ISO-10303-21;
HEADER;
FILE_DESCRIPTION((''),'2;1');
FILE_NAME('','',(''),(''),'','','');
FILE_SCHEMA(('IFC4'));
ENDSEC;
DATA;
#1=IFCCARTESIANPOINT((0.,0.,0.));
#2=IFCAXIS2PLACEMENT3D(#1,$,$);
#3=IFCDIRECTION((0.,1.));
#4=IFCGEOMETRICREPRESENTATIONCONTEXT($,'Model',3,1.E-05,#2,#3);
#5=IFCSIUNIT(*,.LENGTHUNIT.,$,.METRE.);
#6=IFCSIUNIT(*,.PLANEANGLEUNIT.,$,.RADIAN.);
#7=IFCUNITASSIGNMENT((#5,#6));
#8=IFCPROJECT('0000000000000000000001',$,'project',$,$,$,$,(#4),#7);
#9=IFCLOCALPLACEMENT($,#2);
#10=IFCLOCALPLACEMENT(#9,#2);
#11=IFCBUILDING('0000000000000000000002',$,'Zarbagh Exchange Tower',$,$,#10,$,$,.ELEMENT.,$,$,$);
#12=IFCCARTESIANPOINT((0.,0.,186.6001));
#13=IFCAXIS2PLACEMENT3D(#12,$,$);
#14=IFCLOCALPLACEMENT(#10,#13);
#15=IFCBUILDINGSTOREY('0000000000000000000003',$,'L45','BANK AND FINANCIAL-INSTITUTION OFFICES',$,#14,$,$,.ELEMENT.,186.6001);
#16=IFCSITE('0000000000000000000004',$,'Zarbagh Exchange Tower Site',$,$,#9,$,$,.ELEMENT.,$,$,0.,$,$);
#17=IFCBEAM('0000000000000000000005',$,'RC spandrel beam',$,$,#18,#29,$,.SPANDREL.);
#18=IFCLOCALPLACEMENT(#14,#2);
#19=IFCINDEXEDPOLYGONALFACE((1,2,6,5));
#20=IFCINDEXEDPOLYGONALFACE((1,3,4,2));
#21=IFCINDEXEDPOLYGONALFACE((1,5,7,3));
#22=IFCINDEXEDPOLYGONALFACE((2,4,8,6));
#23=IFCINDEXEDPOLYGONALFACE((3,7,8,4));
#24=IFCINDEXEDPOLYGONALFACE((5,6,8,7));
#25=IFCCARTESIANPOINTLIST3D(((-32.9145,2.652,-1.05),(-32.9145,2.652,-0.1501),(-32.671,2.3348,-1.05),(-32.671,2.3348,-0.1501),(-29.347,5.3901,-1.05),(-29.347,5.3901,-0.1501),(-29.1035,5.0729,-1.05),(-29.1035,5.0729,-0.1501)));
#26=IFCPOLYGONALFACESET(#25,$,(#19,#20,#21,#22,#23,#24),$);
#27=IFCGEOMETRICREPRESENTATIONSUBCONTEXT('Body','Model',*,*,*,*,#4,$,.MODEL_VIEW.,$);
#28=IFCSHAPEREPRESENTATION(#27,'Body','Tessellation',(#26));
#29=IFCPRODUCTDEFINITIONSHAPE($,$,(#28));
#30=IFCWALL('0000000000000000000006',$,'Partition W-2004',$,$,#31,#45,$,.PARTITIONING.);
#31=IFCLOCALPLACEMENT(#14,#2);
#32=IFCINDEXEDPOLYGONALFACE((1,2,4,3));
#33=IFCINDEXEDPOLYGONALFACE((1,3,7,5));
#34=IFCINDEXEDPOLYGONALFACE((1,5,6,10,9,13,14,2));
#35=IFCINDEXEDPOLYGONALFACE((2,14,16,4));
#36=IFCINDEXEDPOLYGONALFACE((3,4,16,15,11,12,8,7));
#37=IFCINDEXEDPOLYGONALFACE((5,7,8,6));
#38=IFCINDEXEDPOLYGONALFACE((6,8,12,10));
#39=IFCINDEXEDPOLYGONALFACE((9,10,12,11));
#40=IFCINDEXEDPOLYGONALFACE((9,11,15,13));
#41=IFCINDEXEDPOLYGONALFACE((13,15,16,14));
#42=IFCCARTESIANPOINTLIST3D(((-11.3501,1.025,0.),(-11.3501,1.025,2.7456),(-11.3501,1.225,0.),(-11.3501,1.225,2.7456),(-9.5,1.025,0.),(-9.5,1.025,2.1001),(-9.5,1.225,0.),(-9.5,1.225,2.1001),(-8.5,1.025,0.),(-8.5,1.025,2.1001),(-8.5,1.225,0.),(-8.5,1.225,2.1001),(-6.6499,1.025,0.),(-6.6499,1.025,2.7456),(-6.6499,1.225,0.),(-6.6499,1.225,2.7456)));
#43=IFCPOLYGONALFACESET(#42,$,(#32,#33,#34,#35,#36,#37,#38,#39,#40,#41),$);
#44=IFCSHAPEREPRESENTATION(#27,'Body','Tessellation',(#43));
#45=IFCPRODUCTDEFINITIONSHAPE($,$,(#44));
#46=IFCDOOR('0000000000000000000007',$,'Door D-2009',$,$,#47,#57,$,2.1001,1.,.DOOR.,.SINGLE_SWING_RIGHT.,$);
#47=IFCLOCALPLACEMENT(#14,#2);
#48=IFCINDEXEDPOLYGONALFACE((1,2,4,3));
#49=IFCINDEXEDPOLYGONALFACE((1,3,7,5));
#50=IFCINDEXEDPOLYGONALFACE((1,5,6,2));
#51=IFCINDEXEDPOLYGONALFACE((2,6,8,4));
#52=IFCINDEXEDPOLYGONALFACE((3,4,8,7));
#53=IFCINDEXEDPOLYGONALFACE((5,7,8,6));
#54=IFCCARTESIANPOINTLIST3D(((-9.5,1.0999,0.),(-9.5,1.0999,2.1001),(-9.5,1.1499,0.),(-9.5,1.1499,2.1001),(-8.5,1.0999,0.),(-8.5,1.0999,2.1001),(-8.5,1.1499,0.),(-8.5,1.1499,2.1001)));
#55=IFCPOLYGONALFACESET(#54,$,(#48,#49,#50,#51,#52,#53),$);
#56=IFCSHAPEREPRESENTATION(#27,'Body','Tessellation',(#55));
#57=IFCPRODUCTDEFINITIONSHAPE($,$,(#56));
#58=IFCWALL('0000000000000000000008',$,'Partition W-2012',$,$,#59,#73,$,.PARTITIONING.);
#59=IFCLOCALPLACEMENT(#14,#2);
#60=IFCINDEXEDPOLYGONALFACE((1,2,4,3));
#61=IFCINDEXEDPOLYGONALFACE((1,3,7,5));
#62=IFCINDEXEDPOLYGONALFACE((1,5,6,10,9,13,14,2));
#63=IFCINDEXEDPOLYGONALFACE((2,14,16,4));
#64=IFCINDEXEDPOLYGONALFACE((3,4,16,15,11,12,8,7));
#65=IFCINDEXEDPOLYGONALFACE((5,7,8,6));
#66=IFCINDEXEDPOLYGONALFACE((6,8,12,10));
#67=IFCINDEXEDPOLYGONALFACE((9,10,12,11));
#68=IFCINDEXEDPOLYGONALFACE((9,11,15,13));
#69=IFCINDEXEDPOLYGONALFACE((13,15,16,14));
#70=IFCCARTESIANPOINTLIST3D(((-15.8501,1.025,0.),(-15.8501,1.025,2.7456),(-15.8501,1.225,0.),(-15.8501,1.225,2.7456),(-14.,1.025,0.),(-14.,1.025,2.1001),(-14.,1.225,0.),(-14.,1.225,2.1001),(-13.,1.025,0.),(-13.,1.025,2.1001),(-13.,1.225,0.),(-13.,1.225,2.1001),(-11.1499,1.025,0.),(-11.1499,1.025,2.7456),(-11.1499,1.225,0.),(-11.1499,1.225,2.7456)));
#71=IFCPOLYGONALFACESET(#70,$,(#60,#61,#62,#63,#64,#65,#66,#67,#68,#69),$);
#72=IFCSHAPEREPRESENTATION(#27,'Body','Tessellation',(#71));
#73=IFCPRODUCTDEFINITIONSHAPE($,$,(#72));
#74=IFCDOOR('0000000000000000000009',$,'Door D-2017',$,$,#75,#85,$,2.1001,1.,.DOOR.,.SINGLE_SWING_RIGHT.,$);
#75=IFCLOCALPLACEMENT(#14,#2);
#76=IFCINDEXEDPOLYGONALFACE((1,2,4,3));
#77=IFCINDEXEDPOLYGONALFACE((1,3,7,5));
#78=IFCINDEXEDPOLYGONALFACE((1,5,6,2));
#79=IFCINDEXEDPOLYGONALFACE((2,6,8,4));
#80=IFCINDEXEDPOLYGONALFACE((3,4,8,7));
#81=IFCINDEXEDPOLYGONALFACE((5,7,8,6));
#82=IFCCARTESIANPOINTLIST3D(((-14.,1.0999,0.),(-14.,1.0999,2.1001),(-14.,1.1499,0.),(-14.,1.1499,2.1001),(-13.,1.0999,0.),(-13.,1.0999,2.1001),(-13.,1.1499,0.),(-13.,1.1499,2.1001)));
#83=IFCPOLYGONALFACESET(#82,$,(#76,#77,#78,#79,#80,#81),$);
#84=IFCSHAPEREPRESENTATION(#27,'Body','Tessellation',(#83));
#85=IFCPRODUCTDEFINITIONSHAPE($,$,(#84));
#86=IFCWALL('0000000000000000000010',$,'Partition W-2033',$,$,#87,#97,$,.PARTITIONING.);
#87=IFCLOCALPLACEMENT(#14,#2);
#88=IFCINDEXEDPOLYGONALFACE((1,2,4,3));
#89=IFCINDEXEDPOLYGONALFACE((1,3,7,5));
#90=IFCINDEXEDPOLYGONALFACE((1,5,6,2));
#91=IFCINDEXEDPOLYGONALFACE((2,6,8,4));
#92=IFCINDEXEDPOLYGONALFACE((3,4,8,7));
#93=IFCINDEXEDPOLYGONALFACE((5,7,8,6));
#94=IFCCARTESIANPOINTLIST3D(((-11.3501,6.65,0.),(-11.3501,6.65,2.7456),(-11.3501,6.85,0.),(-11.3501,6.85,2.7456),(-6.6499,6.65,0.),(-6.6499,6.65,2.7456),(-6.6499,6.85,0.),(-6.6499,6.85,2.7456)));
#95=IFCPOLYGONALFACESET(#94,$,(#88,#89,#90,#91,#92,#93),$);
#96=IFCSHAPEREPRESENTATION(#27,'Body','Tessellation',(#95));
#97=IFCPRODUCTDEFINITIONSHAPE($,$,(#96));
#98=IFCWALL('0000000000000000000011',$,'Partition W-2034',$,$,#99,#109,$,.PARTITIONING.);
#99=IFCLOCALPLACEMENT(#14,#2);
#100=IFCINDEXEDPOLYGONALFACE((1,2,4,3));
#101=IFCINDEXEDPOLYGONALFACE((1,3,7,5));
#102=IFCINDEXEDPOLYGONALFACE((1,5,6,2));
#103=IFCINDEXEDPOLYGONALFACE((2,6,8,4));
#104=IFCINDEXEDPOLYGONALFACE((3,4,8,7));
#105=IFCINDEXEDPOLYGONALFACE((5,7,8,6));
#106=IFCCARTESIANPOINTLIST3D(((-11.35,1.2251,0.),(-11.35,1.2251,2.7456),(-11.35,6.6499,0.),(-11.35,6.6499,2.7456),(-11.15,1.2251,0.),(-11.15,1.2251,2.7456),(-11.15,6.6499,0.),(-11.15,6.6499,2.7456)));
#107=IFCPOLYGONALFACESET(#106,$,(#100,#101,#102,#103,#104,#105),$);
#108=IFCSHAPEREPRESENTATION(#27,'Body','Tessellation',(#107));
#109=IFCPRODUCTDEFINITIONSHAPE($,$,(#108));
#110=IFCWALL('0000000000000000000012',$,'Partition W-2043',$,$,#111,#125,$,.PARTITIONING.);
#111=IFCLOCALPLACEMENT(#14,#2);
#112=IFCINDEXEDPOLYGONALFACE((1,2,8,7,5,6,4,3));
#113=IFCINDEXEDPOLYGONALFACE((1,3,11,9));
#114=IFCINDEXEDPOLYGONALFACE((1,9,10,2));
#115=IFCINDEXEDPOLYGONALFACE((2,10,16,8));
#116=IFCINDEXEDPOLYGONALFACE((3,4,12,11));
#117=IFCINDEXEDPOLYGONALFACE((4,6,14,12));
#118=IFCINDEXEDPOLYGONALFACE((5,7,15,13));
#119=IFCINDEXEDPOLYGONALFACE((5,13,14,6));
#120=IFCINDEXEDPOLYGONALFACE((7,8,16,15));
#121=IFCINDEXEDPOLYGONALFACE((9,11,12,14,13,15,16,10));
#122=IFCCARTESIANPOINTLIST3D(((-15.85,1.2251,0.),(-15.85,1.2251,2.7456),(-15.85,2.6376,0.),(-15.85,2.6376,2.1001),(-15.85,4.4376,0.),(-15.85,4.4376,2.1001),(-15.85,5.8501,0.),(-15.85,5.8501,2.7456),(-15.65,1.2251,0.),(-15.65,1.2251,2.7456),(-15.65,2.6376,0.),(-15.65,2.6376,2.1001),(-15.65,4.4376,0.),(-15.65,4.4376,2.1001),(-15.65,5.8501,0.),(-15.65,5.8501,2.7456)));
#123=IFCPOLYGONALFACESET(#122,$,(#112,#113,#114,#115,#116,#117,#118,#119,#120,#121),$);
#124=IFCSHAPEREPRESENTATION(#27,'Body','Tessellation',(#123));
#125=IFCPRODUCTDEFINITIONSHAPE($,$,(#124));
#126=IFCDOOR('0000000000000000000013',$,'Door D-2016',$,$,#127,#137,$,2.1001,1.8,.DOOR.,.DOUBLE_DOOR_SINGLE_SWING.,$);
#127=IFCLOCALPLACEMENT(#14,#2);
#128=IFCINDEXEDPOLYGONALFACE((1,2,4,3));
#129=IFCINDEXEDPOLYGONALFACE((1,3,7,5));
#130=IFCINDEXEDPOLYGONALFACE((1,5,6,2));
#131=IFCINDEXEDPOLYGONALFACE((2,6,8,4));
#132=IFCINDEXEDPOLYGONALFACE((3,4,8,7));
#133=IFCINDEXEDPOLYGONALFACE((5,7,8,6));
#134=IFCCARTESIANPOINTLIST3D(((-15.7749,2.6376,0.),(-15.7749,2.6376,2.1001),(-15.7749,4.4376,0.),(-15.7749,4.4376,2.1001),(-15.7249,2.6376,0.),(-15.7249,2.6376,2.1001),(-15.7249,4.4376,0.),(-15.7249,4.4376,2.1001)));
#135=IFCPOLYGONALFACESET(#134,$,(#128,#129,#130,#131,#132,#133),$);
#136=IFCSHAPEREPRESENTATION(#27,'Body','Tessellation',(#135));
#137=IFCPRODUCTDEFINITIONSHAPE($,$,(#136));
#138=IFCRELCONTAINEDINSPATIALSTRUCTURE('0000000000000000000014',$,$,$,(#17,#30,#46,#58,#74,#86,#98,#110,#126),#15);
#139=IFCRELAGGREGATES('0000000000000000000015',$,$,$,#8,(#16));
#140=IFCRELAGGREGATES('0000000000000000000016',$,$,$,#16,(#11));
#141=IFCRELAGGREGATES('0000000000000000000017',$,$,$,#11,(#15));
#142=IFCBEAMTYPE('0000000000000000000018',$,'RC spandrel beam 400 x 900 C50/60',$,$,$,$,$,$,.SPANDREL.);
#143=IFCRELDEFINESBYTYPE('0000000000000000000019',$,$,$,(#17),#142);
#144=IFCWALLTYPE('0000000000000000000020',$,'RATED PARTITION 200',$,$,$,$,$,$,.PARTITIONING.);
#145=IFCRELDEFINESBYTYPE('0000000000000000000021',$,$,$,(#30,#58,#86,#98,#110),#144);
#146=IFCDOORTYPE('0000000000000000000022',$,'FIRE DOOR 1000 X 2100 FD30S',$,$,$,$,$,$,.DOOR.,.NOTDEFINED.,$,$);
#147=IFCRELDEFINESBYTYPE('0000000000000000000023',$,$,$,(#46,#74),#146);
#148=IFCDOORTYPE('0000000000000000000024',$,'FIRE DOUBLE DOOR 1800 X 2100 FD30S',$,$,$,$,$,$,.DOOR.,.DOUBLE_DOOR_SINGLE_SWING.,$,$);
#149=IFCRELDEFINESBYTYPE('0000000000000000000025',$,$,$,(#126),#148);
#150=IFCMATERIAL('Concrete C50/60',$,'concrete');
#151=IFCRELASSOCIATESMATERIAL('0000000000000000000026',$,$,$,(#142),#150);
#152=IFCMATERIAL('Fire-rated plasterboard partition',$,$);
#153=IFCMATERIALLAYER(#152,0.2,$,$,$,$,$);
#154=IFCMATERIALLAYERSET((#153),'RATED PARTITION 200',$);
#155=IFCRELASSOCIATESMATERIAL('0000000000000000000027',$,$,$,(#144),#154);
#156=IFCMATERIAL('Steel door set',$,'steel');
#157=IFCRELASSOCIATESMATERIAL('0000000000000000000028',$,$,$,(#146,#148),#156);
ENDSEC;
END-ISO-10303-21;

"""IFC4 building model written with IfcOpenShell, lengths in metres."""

from ifc_helpers import new_model, si_unit, direction, frame, frame_2d, origin, origin_2d, place, context, subcontext, project, spatial, rectangle, extrude, material, layer, layer_set, material_profile, profile_set, type_object, element, fill, save


model = new_model("IFC4")

# Units and contexts
model_context = context("Model", 3, precision=1e-05, world=origin(), true_north=direction((0.0, 1.0)))
body_context = subcontext(model_context, "Body", "Model", "MODEL_VIEW")
ifc_project = project(units=[si_unit("LENGTHUNIT", "METRE"), si_unit("PLANEANGLEUNIT", "RADIAN")], contexts=[model_context])

# Site, building, storey
site_placement = place(None, origin())
site = spatial("IfcSite", under=ifc_project, at=site_placement, Name="Zarbagh Exchange Tower Site", CompositionType="ELEMENT", RefElevation=0.0)
building_placement = place(site_placement, origin())
building = spatial("IfcBuilding", under=site, at=building_placement, Name="Zarbagh Exchange Tower", CompositionType="ELEMENT")
storey_placement = place(building_placement, frame((0.0, 0.0, 186.6001)))
storey = spatial("IfcBuildingStorey", under=building, at=storey_placement, Name="L45", Description="BANK AND FINANCIAL-INSTITUTION OFFICES", CompositionType="ELEMENT", Elevation=186.6001)

# Shared definitions
ifc_material_1 = material(Name="Concrete C50/60", Category="concrete")

# Beam
ifc_material_profile_1 = material_profile(ifc_material_1, rectangle(XDim=0.3999, YDim=0.8999, at=origin_2d()), Name="RC spandrel beam 400 x 900 C50/60")
ifc_profile_set_1 = profile_set([ifc_material_profile_1], Name="Concrete C50/60")
beam_type_1 = type_object("IfcBeamType", Name="RC spandrel beam 400 x 900 C50/60", PredefinedType="SPANDREL", material=ifc_profile_set_1)
beam_1_placement = place(storey_placement, frame((-32.7927, 2.4934, -0.6001), z_axis=(0.793279, 0.608858, 0.0), x_axis=(-0.608858, 0.793279, 0.0)))
element("IfcBeam", 1, at=beam_1_placement, inside=storey, type_object=beam_type_1, Name="RC spandrel beam", PredefinedType="SPANDREL", context=body_context, shape_type="SweptSolid", body=[
    extrude(rectangle(XDim=0.3999, YDim=0.8999, at=origin_2d()), origin(), (0.0, 0.0, 1.0), 4.4971),
])

# Walls, openings, doors
ifc_material_2 = material(Name="Fire-rated plasterboard partition")
ifc_layer_1 = layer(ifc_material_2, 0.2)
ifc_layer_set_1 = layer_set([ifc_layer_1], Name="RATED PARTITION 200")
wall_type_1 = type_object("IfcWallType", Name="RATED PARTITION 200", PredefinedType="PARTITIONING", material=ifc_layer_set_1)
wall_1_placement = place(storey_placement, frame((-11.3501, 1.125, 0.0), z_axis=(0.0, 0.0, 1.0), x_axis=(1.0, 0.0, 0.0)))
wall_1 = element("IfcWall", 2, at=wall_1_placement, inside=storey, type_object=wall_type_1, Name="Partition W-2004", PredefinedType="PARTITIONING", context=body_context, shape_type="SweptSolid", body=[
    extrude(rectangle(XDim=4.7002, YDim=0.2, at=frame_2d((2.3501, 0.0))), origin(), (0.0, 0.0, 1.0), 2.7456),
])
opening_1_placement = place(wall_1_placement, frame((1.8501, 0.0, 0.0)))
opening_1 = element("IfcOpeningElement", 3, at=opening_1_placement, cuts=wall_1, PredefinedType="OPENING", context=body_context, shape_type="SweptSolid", body=[
    extrude(rectangle(XDim=1.0, YDim=2.1001, at=frame_2d((0.5, 1.05))), frame((0.0, 0.1099, 0.0), z_axis=(0.0, -1.0, 0.0), x_axis=(1.0, 0.0, 0.0)), (0.0, 0.0, 1.0), 0.22),
])
ifc_material_3 = material(Name="Steel door set", Category="steel")
door_type_1 = type_object("IfcDoorType", Name="FIRE DOOR 1000 X 2100 FD30S", OperationType="NOTDEFINED", PredefinedType="DOOR", material=ifc_material_3)
door_1_placement = place(opening_1_placement, origin())
door_1 = element("IfcDoor", 4, at=door_1_placement, inside=storey, type_object=door_type_1, Name="Door D-2009", OperationType="SINGLE_SWING_RIGHT", OverallHeight=2.1001, OverallWidth=1.0, PredefinedType="DOOR", context=body_context, shape_type="SweptSolid", body=[
    extrude(rectangle(XDim=1.0, YDim=2.1001, at=frame_2d((0.5, 1.05))), frame((0.0, 0.0249, 0.0), z_axis=(0.0, -1.0, 0.0), x_axis=(1.0, 0.0, 0.0)), (0.0, 0.0, 1.0), 0.05),
])
fill(opening_1, door_1)
wall_2_placement = place(storey_placement, frame((-15.8501, 1.125, 0.0), z_axis=(0.0, 0.0, 1.0), x_axis=(1.0, 0.0, 0.0)))
wall_2 = element("IfcWall", 5, at=wall_2_placement, inside=storey, type_object=wall_type_1, Name="Partition W-2012", PredefinedType="PARTITIONING", context=body_context, shape_type="SweptSolid", body=[
    extrude(rectangle(XDim=4.7002, YDim=0.2, at=frame_2d((2.3501, 0.0))), origin(), (0.0, 0.0, 1.0), 2.7456),
])
opening_2_placement = place(wall_2_placement, frame((1.8501, 0.0, 0.0)))
opening_2 = element("IfcOpeningElement", 6, at=opening_2_placement, cuts=wall_2, PredefinedType="OPENING", context=body_context, shape_type="SweptSolid", body=[
    extrude(rectangle(XDim=1.0, YDim=2.1001, at=frame_2d((0.5, 1.05))), frame((0.0, 0.1099, 0.0), z_axis=(0.0, -1.0, 0.0), x_axis=(1.0, 0.0, 0.0)), (0.0, 0.0, 1.0), 0.22),
])
door_2_placement = place(opening_2_placement, origin())
door_2 = element("IfcDoor", 7, at=door_2_placement, inside=storey, type_object=door_type_1, Name="Door D-2017", OperationType="SINGLE_SWING_RIGHT", OverallHeight=2.1001, OverallWidth=1.0, PredefinedType="DOOR", context=body_context, shape_type="SweptSolid", body=[
    extrude(rectangle(XDim=1.0, YDim=2.1001, at=frame_2d((0.5, 1.05))), frame((0.0, 0.0249, 0.0), z_axis=(0.0, -1.0, 0.0), x_axis=(1.0, 0.0, 0.0)), (0.0, 0.0, 1.0), 0.05),
])
fill(opening_2, door_2)

# Walls
wall_3_placement = place(storey_placement, frame((-11.3501, 6.75, 0.0), z_axis=(0.0, 0.0, 1.0), x_axis=(1.0, 0.0, 0.0)))
element("IfcWall", 8, at=wall_3_placement, inside=storey, type_object=wall_type_1, Name="Partition W-2033", PredefinedType="PARTITIONING", context=body_context, shape_type="SweptSolid", body=[
    extrude(rectangle(XDim=4.7002, YDim=0.2, at=frame_2d((2.3501, 0.0))), origin(), (0.0, 0.0, 1.0), 2.7456),
])
wall_4_placement = place(storey_placement, frame((-11.25, 1.2251, 0.0), z_axis=(0.0, 0.0, 1.0), x_axis=(0.0, 1.0, 0.0)))
element("IfcWall", 9, at=wall_4_placement, inside=storey, type_object=wall_type_1, Name="Partition W-2034", PredefinedType="PARTITIONING", context=body_context, shape_type="SweptSolid", body=[
    extrude(rectangle(XDim=5.4248, YDim=0.2, at=frame_2d((2.7124, 0.0))), origin(), (0.0, 0.0, 1.0), 2.7456),
])

# Wall, opening, door
wall_5_placement = place(storey_placement, frame((-15.75, 1.2251, 0.0), z_axis=(0.0, 0.0, 1.0), x_axis=(0.0, 1.0, 0.0)))
wall_5 = element("IfcWall", 10, at=wall_5_placement, inside=storey, type_object=wall_type_1, Name="Partition W-2043", PredefinedType="PARTITIONING", context=body_context, shape_type="SweptSolid", body=[
    extrude(rectangle(XDim=4.625, YDim=0.2, at=frame_2d((2.3125, 0.0))), origin(), (0.0, 0.0, 1.0), 2.7456),
])
opening_3_placement = place(wall_5_placement, frame((1.4126, 0.0, 0.0)))
opening_3 = element("IfcOpeningElement", 11, at=opening_3_placement, cuts=wall_5, PredefinedType="OPENING", context=body_context, shape_type="SweptSolid", body=[
    extrude(rectangle(XDim=1.8, YDim=2.1001, at=frame_2d((0.8999, 1.05))), frame((0.0, 0.1099, 0.0), z_axis=(0.0, -1.0, 0.0), x_axis=(1.0, 0.0, 0.0)), (0.0, 0.0, 1.0), 0.22),
])
door_type_2 = type_object("IfcDoorType", Name="FIRE DOUBLE DOOR 1800 X 2100 FD30S", OperationType="DOUBLE_DOOR_SINGLE_SWING", PredefinedType="DOOR", material=ifc_material_3)
door_3_placement = place(opening_3_placement, origin())
door_3 = element("IfcDoor", 12, at=door_3_placement, inside=storey, type_object=door_type_2, Name="Door D-2016", OperationType="DOUBLE_DOOR_SINGLE_SWING", OverallHeight=2.1001, OverallWidth=1.8, PredefinedType="DOOR", context=body_context, shape_type="SweptSolid", body=[
    extrude(rectangle(XDim=1.8, YDim=2.1001, at=frame_2d((0.8999, 1.05))), frame((0.0, 0.0249, 0.0), z_axis=(0.0, -1.0, 0.0), x_axis=(1.0, 0.0, 0.0)), (0.0, 0.0, 1.0), 0.05),
])
fill(opening_3, door_3)

save(model, "model.ifc")
